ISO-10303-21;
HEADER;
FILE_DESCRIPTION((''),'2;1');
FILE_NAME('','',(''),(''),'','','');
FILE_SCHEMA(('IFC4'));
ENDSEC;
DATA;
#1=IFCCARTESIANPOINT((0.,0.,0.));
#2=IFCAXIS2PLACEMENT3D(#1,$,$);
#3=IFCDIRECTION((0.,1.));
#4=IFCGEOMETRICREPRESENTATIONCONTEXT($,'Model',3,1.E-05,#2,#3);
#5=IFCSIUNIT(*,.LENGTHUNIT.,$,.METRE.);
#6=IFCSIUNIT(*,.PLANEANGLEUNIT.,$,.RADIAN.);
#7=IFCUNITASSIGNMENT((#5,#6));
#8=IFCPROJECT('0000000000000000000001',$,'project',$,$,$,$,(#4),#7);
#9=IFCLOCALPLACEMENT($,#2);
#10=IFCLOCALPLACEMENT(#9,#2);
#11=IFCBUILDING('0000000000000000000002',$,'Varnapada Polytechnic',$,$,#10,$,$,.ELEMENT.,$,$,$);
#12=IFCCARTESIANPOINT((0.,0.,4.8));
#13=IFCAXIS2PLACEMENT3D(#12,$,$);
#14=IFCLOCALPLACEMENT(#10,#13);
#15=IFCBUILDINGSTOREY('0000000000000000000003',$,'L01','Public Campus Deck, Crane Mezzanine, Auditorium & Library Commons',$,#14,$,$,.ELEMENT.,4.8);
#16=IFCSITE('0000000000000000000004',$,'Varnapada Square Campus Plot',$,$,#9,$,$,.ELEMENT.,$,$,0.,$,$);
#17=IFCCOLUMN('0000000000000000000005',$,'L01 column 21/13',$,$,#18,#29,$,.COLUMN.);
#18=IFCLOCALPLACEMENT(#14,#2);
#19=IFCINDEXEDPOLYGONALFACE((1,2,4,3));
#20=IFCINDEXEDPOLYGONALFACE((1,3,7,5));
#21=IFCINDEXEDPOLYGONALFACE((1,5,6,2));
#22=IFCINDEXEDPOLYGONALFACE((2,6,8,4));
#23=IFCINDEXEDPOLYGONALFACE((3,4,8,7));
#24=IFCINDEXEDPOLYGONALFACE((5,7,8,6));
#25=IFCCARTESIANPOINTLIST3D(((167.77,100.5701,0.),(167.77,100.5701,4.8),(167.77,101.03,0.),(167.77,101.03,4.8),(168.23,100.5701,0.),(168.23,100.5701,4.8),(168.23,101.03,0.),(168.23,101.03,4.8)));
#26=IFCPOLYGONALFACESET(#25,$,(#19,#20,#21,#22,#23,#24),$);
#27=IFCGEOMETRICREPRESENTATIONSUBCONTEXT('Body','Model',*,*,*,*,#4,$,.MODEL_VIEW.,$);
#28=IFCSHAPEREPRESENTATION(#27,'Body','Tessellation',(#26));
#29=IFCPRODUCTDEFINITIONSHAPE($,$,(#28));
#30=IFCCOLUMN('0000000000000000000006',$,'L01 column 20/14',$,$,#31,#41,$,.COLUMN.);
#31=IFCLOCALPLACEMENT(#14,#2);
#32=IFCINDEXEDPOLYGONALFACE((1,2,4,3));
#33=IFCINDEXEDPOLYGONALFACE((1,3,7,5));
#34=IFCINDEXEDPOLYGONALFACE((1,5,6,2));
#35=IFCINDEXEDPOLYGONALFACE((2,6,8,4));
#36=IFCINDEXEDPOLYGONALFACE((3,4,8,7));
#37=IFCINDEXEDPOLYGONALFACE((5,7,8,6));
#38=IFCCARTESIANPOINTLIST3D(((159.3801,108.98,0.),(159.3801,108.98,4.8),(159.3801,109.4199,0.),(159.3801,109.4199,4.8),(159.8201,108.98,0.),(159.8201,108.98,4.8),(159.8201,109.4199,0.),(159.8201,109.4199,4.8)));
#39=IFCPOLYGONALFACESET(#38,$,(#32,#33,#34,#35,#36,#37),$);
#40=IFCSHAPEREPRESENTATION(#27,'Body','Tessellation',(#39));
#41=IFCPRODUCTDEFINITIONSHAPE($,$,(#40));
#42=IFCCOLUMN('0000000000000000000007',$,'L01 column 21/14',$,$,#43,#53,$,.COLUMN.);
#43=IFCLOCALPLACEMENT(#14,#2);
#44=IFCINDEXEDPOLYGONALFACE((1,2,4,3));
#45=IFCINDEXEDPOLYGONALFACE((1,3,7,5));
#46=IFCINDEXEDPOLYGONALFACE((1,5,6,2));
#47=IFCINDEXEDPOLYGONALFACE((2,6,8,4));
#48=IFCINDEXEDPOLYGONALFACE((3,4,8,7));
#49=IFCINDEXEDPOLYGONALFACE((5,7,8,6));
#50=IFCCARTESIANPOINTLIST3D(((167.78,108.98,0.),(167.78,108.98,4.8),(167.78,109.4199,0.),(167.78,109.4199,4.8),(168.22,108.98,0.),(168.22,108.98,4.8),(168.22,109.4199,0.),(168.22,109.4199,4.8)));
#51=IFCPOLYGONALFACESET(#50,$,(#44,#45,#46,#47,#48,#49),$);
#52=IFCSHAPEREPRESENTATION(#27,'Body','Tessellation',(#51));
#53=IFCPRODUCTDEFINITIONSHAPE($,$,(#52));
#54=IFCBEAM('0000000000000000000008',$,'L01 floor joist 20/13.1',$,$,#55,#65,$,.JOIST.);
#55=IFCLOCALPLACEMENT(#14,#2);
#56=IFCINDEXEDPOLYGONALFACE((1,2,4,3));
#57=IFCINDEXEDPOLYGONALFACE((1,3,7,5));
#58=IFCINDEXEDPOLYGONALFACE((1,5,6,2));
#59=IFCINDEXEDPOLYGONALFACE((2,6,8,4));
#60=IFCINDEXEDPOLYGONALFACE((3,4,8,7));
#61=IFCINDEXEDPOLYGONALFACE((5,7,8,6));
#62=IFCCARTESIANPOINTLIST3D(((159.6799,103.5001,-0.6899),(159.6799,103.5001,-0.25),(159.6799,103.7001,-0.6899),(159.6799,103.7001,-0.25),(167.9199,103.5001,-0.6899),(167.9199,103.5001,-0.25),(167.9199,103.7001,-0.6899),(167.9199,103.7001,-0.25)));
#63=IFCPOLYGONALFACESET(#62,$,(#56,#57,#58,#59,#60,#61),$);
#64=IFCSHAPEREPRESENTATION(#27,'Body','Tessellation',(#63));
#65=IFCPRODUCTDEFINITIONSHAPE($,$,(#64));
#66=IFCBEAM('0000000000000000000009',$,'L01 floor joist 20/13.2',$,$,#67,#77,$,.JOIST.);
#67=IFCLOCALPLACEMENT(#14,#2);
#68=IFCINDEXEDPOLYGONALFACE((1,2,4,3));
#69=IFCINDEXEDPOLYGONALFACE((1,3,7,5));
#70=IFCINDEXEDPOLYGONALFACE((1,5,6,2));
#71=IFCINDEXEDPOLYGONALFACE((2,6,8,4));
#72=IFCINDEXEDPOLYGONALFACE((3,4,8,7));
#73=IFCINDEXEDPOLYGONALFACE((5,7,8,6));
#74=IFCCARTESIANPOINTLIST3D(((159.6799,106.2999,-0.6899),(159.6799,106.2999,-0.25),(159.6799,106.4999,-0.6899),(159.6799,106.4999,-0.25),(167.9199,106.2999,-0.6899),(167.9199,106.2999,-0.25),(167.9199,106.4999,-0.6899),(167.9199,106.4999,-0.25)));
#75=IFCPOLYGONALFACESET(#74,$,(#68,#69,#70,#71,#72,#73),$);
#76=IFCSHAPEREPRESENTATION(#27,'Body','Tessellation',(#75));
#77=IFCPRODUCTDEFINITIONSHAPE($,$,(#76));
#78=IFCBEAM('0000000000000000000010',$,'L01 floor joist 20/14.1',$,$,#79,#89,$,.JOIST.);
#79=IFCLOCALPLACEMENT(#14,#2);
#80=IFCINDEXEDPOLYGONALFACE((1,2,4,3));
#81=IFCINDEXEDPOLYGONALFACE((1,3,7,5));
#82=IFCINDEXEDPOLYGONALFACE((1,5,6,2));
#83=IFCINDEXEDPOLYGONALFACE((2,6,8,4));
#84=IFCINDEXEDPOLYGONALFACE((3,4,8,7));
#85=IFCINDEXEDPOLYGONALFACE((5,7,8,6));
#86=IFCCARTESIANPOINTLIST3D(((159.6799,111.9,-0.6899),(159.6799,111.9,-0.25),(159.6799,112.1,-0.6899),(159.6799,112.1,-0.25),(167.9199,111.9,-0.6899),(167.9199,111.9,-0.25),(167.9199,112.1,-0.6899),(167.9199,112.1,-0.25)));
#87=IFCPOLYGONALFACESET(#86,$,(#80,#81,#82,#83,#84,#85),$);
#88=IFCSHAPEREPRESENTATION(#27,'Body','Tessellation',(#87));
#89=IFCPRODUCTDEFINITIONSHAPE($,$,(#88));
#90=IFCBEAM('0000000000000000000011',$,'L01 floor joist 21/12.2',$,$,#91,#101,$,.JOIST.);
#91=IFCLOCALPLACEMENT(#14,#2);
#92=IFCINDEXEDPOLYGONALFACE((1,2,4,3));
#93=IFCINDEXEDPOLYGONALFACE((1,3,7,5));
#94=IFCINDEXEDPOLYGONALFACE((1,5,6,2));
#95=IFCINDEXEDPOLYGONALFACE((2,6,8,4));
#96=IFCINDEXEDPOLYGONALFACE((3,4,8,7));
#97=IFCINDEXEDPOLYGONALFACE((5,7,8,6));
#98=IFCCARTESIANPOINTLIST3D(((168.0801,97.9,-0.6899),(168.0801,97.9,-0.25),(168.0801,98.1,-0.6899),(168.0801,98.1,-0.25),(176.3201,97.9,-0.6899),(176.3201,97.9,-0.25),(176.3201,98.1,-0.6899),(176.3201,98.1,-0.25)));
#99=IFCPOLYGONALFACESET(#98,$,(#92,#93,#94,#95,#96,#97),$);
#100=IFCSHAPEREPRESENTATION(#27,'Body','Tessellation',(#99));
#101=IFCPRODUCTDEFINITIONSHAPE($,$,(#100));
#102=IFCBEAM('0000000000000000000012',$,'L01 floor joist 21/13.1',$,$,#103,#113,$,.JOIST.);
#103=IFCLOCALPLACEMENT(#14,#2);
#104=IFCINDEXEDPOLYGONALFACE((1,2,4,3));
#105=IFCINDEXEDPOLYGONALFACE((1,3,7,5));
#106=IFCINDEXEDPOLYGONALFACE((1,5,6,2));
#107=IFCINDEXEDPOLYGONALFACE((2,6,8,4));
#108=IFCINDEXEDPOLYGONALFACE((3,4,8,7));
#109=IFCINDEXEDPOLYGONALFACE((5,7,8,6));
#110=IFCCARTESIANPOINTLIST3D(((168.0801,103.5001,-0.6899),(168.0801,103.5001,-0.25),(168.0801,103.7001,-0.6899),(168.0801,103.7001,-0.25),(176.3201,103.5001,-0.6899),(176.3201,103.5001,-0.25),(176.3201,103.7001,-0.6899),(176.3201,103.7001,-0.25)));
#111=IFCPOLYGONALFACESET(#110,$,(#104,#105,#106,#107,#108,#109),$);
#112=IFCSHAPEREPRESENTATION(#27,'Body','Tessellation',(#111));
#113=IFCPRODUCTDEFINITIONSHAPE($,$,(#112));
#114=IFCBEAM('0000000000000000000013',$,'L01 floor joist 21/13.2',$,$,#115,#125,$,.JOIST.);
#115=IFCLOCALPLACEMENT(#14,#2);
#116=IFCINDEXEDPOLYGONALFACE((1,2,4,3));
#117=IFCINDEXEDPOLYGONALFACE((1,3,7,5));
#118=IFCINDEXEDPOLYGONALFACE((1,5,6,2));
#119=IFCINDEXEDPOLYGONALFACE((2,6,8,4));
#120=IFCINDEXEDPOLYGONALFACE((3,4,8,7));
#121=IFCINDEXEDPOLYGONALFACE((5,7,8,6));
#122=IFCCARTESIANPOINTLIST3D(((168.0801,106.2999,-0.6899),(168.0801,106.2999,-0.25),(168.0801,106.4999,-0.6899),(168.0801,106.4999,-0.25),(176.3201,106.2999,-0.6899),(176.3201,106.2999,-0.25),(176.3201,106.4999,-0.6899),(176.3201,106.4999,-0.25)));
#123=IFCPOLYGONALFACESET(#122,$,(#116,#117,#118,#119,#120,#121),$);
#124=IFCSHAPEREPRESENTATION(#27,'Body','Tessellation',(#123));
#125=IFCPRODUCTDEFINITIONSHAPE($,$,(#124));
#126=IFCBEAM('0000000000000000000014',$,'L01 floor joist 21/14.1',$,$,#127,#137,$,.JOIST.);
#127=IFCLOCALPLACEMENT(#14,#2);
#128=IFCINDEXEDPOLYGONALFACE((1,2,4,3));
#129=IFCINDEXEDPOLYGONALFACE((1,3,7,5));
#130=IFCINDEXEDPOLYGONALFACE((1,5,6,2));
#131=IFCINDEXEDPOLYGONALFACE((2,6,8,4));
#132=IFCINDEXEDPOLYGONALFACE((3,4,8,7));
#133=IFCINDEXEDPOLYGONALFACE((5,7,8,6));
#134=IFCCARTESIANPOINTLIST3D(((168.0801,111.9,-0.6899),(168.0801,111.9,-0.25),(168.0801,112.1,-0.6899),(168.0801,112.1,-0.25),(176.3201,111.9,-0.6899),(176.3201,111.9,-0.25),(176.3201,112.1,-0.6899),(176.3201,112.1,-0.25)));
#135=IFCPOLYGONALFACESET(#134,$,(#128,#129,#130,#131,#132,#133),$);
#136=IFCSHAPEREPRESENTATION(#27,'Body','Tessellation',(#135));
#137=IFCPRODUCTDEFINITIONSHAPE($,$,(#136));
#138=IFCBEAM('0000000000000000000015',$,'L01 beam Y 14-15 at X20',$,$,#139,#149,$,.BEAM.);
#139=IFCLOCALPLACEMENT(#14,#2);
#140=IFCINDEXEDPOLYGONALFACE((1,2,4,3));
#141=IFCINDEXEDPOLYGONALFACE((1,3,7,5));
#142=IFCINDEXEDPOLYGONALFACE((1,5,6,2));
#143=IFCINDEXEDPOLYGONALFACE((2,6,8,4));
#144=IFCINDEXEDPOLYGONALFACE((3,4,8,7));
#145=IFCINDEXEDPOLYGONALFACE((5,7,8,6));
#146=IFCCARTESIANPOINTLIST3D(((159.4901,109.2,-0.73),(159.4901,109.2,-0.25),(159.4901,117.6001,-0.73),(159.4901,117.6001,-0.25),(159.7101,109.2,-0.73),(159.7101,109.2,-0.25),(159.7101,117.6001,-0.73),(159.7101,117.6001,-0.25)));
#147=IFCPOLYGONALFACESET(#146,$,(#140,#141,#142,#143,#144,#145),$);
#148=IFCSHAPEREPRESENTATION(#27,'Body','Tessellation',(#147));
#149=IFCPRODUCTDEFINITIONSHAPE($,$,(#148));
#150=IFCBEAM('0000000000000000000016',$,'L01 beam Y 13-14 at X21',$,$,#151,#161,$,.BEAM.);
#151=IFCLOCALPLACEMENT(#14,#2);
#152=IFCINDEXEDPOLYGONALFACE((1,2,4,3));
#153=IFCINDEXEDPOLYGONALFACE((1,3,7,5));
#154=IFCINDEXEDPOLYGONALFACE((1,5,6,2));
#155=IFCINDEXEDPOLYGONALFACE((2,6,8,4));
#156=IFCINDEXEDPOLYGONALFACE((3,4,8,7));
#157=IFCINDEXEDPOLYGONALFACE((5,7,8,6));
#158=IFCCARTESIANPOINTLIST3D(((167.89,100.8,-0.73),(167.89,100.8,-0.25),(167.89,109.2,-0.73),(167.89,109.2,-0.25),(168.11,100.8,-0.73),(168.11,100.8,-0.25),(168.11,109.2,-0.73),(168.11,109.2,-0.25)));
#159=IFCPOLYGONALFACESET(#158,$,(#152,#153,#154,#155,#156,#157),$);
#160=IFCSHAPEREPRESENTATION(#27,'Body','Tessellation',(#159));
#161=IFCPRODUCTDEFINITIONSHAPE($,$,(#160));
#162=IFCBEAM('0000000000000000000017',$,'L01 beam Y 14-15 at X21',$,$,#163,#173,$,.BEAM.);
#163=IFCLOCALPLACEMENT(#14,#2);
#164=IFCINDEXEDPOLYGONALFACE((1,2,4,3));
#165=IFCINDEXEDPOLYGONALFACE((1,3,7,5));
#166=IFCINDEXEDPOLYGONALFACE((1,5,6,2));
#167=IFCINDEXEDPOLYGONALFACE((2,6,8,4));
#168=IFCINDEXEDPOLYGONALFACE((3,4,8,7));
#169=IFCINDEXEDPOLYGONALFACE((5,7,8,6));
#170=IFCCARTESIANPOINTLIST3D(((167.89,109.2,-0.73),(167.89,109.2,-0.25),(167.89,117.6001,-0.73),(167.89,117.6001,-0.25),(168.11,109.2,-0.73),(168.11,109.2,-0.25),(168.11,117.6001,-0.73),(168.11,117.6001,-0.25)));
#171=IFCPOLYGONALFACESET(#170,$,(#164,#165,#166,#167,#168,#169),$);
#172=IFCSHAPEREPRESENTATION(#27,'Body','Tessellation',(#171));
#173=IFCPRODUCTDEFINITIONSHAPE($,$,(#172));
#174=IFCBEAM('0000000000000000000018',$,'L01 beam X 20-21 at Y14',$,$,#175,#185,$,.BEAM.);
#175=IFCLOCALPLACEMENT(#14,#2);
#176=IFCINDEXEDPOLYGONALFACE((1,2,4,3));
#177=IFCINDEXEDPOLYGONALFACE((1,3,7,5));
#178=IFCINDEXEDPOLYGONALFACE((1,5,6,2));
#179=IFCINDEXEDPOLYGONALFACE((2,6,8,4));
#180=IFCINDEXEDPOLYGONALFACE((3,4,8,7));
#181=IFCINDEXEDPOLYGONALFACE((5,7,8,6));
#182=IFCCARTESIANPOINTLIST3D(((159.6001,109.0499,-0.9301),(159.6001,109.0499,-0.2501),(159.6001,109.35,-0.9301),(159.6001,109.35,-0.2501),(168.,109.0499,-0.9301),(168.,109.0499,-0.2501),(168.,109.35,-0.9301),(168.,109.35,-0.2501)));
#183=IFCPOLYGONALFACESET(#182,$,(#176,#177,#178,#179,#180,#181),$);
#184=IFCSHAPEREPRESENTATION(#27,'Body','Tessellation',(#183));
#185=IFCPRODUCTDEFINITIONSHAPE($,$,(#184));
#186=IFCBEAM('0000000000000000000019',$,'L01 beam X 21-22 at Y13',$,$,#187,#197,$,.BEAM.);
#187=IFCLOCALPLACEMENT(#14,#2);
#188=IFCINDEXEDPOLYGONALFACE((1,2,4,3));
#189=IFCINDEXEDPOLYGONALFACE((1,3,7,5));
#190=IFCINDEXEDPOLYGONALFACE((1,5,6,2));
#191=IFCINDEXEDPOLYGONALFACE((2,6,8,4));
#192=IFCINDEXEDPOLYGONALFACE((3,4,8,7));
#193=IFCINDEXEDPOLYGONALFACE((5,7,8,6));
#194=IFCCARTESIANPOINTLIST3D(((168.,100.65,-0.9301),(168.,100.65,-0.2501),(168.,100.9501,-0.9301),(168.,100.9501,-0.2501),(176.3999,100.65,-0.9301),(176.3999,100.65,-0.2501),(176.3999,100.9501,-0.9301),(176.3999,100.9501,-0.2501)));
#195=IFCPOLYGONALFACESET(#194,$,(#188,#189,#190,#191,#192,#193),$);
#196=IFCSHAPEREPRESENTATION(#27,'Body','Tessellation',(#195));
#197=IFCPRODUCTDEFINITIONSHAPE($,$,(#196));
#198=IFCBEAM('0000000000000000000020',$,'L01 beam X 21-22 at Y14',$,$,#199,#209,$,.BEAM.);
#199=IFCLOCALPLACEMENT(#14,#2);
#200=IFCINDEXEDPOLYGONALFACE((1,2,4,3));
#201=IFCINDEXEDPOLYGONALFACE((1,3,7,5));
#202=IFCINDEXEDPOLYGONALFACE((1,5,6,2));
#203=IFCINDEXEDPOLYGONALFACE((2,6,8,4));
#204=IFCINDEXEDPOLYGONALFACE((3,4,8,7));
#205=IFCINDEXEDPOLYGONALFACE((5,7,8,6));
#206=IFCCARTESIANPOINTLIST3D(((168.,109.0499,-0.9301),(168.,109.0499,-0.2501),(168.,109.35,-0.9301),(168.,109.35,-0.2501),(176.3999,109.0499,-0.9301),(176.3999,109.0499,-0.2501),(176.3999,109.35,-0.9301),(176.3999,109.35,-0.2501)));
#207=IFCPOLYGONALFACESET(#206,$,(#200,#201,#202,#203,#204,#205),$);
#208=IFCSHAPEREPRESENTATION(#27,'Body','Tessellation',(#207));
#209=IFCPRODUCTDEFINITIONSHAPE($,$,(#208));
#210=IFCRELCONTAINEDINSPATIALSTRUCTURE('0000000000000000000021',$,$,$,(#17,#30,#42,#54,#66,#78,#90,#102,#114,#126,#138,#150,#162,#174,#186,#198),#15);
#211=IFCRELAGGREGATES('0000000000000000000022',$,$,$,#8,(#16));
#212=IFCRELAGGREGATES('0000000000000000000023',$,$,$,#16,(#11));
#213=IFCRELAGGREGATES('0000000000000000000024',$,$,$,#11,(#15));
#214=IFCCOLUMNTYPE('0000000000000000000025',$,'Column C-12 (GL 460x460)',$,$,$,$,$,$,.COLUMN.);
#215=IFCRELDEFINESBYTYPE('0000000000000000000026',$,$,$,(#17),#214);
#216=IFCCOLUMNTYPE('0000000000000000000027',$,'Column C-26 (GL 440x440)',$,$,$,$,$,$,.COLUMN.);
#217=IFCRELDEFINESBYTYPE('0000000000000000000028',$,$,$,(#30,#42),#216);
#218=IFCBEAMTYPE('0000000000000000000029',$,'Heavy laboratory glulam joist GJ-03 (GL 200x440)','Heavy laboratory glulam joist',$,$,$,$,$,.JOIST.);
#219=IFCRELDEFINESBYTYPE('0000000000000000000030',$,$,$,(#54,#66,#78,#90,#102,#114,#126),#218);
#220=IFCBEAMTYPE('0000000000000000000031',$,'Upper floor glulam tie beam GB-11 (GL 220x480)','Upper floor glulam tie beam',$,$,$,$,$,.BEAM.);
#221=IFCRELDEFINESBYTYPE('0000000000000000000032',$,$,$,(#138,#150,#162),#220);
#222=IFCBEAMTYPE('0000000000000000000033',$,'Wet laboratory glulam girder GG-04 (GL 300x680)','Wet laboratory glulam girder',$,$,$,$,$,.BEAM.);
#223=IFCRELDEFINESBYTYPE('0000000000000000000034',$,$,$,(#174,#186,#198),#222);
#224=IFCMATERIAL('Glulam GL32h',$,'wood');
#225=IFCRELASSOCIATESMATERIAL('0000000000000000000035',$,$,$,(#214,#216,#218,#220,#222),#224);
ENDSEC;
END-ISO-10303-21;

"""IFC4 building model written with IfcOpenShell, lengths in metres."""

from ifc_helpers import new_model, si_unit, direction, frame, origin, origin_2d, place, context, subcontext, project, spatial, rectangle, extrude, material, material_profile, profile_set, type_object, element, save


model = new_model("IFC4")

# Units and contexts
model_context = context("Model", 3, precision=1e-05, world=origin(), true_north=direction((0.0, 1.0)))
body_context = subcontext(model_context, "Body", "Model", "MODEL_VIEW")
ifc_project = project(units=[si_unit("LENGTHUNIT", "METRE"), si_unit("PLANEANGLEUNIT", "RADIAN")], contexts=[model_context])

# Site, building, storey
site_placement = place(None, origin())
site = spatial("IfcSite", under=ifc_project, at=site_placement, Name="Varnapada Square Campus Plot", CompositionType="ELEMENT", RefElevation=0.0)
building_placement = place(site_placement, origin())
building = spatial("IfcBuilding", under=site, at=building_placement, Name="Varnapada Polytechnic", CompositionType="ELEMENT")
storey_placement = place(building_placement, frame((0.0, 0.0, 4.8)))
storey = spatial("IfcBuildingStorey", under=building, at=storey_placement, Name="L01", Description="Public Campus Deck, Crane Mezzanine, Auditorium & Library Commons", CompositionType="ELEMENT", Elevation=4.8)

# Columns
ifc_material_1 = material(Name="Glulam GL32h", Category="wood")
ifc_material_profile_1 = material_profile(ifc_material_1, rectangle(XDim=0.46, YDim=0.46, at=origin_2d()), Name="GL 460x460")
ifc_profile_set_1 = profile_set([ifc_material_profile_1], Name="Glulam GL32h")
column_type_1 = type_object("IfcColumnType", Name="Column C-12 (GL 460x460)", PredefinedType="COLUMN", material=ifc_profile_set_1)
column_placement = place(storey_placement, frame((168.0, 100.8, 0.0), z_axis=(0.0, 0.0, 1.0), x_axis=(1.0, 0.0, 0.0)))
element("IfcColumn", 1, at=column_placement, inside=storey, type_object=column_type_1, Name="L01 column 21/13", PredefinedType="COLUMN", context=body_context, shape_type="SweptSolid", body=[
    extrude(rectangle(XDim=0.46, YDim=0.46, at=origin_2d()), origin(), (0.0, 0.0, 1.0), 4.8),
])
ifc_material_profile_2 = material_profile(ifc_material_1, rectangle(XDim=0.4399, YDim=0.4399, at=origin_2d()), Name="GL 440x440")
ifc_profile_set_2 = profile_set([ifc_material_profile_2], Name="Glulam GL32h")
column_type_2 = type_object("IfcColumnType", Name="Column C-26 (GL 440x440)", PredefinedType="COLUMN", material=ifc_profile_set_2)
for number, where, z_axis, x_axis, name in (
    (2, (159.6001, 109.2, 0.0), (0.0, 0.0, 1.0), (1.0, 0.0, 0.0), "L01 column 20/14"),
    (3, (168.0, 109.2, 0.0), (0.0, 0.0, 1.0), (1.0, 0.0, 0.0), "L01 column 21/14"),
):
    element("IfcColumn", number, at=place(storey_placement, frame(where, z_axis=z_axis, x_axis=x_axis)), inside=storey, type_object=column_type_2, Name=name, PredefinedType="COLUMN", context=body_context, shape_type="SweptSolid", body=[
        extrude(rectangle(XDim=0.4399, YDim=0.4399, at=origin_2d()), origin(), (0.0, 0.0, 1.0), 4.8),
    ])

# Beams
ifc_material_profile_3 = material_profile(ifc_material_1, rectangle(XDim=0.2, YDim=0.4399, at=origin_2d()), Name="GL 200x440")
ifc_profile_set_3 = profile_set([ifc_material_profile_3], Name="Glulam GL32h")
beam_type_1 = type_object("IfcBeamType", Name="Heavy laboratory glulam joist GJ-03 (GL 200x440)", Description="Heavy laboratory glulam joist", PredefinedType="JOIST", material=ifc_profile_set_3)
for number, where, z_axis, x_axis, name in (
    (4, (159.6799, 103.6001, -0.47), (1.0, 0.0, 0.0), (0.0, 1.0, 0.0), "L01 floor joist 20/13.1"),
    (5, (159.6799, 106.3999, -0.47), (1.0, 0.0, 0.0), (0.0, 1.0, 0.0), "L01 floor joist 20/13.2"),
    (6, (159.6799, 112.0, -0.47), (1.0, 0.0, 0.0), (0.0, 1.0, 0.0), "L01 floor joist 20/14.1"),
    (7, (168.0801, 98.0, -0.47), (1.0, 0.0, 0.0), (0.0, 1.0, 0.0), "L01 floor joist 21/12.2"),
    (8, (168.0801, 103.6001, -0.47), (1.0, 0.0, 0.0), (0.0, 1.0, 0.0), "L01 floor joist 21/13.1"),
    (9, (168.0801, 106.3999, -0.47), (1.0, 0.0, 0.0), (0.0, 1.0, 0.0), "L01 floor joist 21/13.2"),
    (10, (168.0801, 112.0, -0.47), (1.0, 0.0, 0.0), (0.0, 1.0, 0.0), "L01 floor joist 21/14.1"),
):
    element("IfcBeam", number, at=place(storey_placement, frame(where, z_axis=z_axis, x_axis=x_axis)), inside=storey, type_object=beam_type_1, Name=name, PredefinedType="JOIST", context=body_context, shape_type="SweptSolid", body=[
        extrude(rectangle(XDim=0.2, YDim=0.4399, at=origin_2d()), origin(), (0.0, 0.0, 1.0), 8.24),
    ])
ifc_material_profile_4 = material_profile(ifc_material_1, rectangle(XDim=0.22, YDim=0.48, at=origin_2d()), Name="GL 220x480")
ifc_profile_set_4 = profile_set([ifc_material_profile_4], Name="Glulam GL32h")
beam_type_2 = type_object("IfcBeamType", Name="Upper floor glulam tie beam GB-11 (GL 220x480)", Description="Upper floor glulam tie beam", PredefinedType="BEAM", material=ifc_profile_set_4)
beam_1_placement = place(storey_placement, frame((159.6001, 109.2, -0.49), z_axis=(0.0, 1.0, 0.0), x_axis=(-1.0, 0.0, 0.0)))
element("IfcBeam", 11, at=beam_1_placement, inside=storey, type_object=beam_type_2, Name="L01 beam Y 14-15 at X20", PredefinedType="BEAM", context=body_context, shape_type="SweptSolid", body=[
    extrude(rectangle(XDim=0.22, YDim=0.48, at=origin_2d()), origin(), (0.0, 0.0, 1.0), 8.4001),
])
beam_2_placement = place(storey_placement, frame((168.0, 100.8, -0.49), z_axis=(0.0, 1.0, 0.0), x_axis=(-1.0, 0.0, 0.0)))
element("IfcBeam", 12, at=beam_2_placement, inside=storey, type_object=beam_type_2, Name="L01 beam Y 13-14 at X21", PredefinedType="BEAM", context=body_context, shape_type="SweptSolid", body=[
    extrude(rectangle(XDim=0.22, YDim=0.48, at=origin_2d()), origin(), (0.0, 0.0, 1.0), 8.3999),
])
beam_3_placement = place(storey_placement, frame((168.0, 109.2, -0.49), z_axis=(0.0, 1.0, 0.0), x_axis=(-1.0, 0.0, 0.0)))
element("IfcBeam", 13, at=beam_3_placement, inside=storey, type_object=beam_type_2, Name="L01 beam Y 14-15 at X21", PredefinedType="BEAM", context=body_context, shape_type="SweptSolid", body=[
    extrude(rectangle(XDim=0.22, YDim=0.48, at=origin_2d()), origin(), (0.0, 0.0, 1.0), 8.4001),
])
ifc_material_profile_5 = material_profile(ifc_material_1, rectangle(XDim=0.3, YDim=0.6799, at=origin_2d()), Name="GL 300x680")
ifc_profile_set_5 = profile_set([ifc_material_profile_5], Name="Glulam GL32h")
beam_type_3 = type_object("IfcBeamType", Name="Wet laboratory glulam girder GG-04 (GL 300x680)", Description="Wet laboratory glulam girder", PredefinedType="BEAM", material=ifc_profile_set_5)
for number, where, z_axis, x_axis, name in (
    (14, (159.6001, 109.2, -0.5901), (1.0, 0.0, 0.0), (0.0, 1.0, 0.0), "L01 beam X 20-21 at Y14"),
    (15, (168.0, 100.8, -0.5901), (1.0, 0.0, 0.0), (0.0, 1.0, 0.0), "L01 beam X 21-22 at Y13"),
    (16, (168.0, 109.2, -0.5901), (1.0, 0.0, 0.0), (0.0, 1.0, 0.0), "L01 beam X 21-22 at Y14"),
):
    element("IfcBeam", number, at=place(storey_placement, frame(where, z_axis=z_axis, x_axis=x_axis)), inside=storey, type_object=beam_type_3, Name=name, PredefinedType="BEAM", context=body_context, shape_type="SweptSolid", body=[
        extrude(rectangle(XDim=0.3, YDim=0.6799, at=origin_2d()), origin(), (0.0, 0.0, 1.0), 8.3999),
    ])

save(model, "model.ifc")
